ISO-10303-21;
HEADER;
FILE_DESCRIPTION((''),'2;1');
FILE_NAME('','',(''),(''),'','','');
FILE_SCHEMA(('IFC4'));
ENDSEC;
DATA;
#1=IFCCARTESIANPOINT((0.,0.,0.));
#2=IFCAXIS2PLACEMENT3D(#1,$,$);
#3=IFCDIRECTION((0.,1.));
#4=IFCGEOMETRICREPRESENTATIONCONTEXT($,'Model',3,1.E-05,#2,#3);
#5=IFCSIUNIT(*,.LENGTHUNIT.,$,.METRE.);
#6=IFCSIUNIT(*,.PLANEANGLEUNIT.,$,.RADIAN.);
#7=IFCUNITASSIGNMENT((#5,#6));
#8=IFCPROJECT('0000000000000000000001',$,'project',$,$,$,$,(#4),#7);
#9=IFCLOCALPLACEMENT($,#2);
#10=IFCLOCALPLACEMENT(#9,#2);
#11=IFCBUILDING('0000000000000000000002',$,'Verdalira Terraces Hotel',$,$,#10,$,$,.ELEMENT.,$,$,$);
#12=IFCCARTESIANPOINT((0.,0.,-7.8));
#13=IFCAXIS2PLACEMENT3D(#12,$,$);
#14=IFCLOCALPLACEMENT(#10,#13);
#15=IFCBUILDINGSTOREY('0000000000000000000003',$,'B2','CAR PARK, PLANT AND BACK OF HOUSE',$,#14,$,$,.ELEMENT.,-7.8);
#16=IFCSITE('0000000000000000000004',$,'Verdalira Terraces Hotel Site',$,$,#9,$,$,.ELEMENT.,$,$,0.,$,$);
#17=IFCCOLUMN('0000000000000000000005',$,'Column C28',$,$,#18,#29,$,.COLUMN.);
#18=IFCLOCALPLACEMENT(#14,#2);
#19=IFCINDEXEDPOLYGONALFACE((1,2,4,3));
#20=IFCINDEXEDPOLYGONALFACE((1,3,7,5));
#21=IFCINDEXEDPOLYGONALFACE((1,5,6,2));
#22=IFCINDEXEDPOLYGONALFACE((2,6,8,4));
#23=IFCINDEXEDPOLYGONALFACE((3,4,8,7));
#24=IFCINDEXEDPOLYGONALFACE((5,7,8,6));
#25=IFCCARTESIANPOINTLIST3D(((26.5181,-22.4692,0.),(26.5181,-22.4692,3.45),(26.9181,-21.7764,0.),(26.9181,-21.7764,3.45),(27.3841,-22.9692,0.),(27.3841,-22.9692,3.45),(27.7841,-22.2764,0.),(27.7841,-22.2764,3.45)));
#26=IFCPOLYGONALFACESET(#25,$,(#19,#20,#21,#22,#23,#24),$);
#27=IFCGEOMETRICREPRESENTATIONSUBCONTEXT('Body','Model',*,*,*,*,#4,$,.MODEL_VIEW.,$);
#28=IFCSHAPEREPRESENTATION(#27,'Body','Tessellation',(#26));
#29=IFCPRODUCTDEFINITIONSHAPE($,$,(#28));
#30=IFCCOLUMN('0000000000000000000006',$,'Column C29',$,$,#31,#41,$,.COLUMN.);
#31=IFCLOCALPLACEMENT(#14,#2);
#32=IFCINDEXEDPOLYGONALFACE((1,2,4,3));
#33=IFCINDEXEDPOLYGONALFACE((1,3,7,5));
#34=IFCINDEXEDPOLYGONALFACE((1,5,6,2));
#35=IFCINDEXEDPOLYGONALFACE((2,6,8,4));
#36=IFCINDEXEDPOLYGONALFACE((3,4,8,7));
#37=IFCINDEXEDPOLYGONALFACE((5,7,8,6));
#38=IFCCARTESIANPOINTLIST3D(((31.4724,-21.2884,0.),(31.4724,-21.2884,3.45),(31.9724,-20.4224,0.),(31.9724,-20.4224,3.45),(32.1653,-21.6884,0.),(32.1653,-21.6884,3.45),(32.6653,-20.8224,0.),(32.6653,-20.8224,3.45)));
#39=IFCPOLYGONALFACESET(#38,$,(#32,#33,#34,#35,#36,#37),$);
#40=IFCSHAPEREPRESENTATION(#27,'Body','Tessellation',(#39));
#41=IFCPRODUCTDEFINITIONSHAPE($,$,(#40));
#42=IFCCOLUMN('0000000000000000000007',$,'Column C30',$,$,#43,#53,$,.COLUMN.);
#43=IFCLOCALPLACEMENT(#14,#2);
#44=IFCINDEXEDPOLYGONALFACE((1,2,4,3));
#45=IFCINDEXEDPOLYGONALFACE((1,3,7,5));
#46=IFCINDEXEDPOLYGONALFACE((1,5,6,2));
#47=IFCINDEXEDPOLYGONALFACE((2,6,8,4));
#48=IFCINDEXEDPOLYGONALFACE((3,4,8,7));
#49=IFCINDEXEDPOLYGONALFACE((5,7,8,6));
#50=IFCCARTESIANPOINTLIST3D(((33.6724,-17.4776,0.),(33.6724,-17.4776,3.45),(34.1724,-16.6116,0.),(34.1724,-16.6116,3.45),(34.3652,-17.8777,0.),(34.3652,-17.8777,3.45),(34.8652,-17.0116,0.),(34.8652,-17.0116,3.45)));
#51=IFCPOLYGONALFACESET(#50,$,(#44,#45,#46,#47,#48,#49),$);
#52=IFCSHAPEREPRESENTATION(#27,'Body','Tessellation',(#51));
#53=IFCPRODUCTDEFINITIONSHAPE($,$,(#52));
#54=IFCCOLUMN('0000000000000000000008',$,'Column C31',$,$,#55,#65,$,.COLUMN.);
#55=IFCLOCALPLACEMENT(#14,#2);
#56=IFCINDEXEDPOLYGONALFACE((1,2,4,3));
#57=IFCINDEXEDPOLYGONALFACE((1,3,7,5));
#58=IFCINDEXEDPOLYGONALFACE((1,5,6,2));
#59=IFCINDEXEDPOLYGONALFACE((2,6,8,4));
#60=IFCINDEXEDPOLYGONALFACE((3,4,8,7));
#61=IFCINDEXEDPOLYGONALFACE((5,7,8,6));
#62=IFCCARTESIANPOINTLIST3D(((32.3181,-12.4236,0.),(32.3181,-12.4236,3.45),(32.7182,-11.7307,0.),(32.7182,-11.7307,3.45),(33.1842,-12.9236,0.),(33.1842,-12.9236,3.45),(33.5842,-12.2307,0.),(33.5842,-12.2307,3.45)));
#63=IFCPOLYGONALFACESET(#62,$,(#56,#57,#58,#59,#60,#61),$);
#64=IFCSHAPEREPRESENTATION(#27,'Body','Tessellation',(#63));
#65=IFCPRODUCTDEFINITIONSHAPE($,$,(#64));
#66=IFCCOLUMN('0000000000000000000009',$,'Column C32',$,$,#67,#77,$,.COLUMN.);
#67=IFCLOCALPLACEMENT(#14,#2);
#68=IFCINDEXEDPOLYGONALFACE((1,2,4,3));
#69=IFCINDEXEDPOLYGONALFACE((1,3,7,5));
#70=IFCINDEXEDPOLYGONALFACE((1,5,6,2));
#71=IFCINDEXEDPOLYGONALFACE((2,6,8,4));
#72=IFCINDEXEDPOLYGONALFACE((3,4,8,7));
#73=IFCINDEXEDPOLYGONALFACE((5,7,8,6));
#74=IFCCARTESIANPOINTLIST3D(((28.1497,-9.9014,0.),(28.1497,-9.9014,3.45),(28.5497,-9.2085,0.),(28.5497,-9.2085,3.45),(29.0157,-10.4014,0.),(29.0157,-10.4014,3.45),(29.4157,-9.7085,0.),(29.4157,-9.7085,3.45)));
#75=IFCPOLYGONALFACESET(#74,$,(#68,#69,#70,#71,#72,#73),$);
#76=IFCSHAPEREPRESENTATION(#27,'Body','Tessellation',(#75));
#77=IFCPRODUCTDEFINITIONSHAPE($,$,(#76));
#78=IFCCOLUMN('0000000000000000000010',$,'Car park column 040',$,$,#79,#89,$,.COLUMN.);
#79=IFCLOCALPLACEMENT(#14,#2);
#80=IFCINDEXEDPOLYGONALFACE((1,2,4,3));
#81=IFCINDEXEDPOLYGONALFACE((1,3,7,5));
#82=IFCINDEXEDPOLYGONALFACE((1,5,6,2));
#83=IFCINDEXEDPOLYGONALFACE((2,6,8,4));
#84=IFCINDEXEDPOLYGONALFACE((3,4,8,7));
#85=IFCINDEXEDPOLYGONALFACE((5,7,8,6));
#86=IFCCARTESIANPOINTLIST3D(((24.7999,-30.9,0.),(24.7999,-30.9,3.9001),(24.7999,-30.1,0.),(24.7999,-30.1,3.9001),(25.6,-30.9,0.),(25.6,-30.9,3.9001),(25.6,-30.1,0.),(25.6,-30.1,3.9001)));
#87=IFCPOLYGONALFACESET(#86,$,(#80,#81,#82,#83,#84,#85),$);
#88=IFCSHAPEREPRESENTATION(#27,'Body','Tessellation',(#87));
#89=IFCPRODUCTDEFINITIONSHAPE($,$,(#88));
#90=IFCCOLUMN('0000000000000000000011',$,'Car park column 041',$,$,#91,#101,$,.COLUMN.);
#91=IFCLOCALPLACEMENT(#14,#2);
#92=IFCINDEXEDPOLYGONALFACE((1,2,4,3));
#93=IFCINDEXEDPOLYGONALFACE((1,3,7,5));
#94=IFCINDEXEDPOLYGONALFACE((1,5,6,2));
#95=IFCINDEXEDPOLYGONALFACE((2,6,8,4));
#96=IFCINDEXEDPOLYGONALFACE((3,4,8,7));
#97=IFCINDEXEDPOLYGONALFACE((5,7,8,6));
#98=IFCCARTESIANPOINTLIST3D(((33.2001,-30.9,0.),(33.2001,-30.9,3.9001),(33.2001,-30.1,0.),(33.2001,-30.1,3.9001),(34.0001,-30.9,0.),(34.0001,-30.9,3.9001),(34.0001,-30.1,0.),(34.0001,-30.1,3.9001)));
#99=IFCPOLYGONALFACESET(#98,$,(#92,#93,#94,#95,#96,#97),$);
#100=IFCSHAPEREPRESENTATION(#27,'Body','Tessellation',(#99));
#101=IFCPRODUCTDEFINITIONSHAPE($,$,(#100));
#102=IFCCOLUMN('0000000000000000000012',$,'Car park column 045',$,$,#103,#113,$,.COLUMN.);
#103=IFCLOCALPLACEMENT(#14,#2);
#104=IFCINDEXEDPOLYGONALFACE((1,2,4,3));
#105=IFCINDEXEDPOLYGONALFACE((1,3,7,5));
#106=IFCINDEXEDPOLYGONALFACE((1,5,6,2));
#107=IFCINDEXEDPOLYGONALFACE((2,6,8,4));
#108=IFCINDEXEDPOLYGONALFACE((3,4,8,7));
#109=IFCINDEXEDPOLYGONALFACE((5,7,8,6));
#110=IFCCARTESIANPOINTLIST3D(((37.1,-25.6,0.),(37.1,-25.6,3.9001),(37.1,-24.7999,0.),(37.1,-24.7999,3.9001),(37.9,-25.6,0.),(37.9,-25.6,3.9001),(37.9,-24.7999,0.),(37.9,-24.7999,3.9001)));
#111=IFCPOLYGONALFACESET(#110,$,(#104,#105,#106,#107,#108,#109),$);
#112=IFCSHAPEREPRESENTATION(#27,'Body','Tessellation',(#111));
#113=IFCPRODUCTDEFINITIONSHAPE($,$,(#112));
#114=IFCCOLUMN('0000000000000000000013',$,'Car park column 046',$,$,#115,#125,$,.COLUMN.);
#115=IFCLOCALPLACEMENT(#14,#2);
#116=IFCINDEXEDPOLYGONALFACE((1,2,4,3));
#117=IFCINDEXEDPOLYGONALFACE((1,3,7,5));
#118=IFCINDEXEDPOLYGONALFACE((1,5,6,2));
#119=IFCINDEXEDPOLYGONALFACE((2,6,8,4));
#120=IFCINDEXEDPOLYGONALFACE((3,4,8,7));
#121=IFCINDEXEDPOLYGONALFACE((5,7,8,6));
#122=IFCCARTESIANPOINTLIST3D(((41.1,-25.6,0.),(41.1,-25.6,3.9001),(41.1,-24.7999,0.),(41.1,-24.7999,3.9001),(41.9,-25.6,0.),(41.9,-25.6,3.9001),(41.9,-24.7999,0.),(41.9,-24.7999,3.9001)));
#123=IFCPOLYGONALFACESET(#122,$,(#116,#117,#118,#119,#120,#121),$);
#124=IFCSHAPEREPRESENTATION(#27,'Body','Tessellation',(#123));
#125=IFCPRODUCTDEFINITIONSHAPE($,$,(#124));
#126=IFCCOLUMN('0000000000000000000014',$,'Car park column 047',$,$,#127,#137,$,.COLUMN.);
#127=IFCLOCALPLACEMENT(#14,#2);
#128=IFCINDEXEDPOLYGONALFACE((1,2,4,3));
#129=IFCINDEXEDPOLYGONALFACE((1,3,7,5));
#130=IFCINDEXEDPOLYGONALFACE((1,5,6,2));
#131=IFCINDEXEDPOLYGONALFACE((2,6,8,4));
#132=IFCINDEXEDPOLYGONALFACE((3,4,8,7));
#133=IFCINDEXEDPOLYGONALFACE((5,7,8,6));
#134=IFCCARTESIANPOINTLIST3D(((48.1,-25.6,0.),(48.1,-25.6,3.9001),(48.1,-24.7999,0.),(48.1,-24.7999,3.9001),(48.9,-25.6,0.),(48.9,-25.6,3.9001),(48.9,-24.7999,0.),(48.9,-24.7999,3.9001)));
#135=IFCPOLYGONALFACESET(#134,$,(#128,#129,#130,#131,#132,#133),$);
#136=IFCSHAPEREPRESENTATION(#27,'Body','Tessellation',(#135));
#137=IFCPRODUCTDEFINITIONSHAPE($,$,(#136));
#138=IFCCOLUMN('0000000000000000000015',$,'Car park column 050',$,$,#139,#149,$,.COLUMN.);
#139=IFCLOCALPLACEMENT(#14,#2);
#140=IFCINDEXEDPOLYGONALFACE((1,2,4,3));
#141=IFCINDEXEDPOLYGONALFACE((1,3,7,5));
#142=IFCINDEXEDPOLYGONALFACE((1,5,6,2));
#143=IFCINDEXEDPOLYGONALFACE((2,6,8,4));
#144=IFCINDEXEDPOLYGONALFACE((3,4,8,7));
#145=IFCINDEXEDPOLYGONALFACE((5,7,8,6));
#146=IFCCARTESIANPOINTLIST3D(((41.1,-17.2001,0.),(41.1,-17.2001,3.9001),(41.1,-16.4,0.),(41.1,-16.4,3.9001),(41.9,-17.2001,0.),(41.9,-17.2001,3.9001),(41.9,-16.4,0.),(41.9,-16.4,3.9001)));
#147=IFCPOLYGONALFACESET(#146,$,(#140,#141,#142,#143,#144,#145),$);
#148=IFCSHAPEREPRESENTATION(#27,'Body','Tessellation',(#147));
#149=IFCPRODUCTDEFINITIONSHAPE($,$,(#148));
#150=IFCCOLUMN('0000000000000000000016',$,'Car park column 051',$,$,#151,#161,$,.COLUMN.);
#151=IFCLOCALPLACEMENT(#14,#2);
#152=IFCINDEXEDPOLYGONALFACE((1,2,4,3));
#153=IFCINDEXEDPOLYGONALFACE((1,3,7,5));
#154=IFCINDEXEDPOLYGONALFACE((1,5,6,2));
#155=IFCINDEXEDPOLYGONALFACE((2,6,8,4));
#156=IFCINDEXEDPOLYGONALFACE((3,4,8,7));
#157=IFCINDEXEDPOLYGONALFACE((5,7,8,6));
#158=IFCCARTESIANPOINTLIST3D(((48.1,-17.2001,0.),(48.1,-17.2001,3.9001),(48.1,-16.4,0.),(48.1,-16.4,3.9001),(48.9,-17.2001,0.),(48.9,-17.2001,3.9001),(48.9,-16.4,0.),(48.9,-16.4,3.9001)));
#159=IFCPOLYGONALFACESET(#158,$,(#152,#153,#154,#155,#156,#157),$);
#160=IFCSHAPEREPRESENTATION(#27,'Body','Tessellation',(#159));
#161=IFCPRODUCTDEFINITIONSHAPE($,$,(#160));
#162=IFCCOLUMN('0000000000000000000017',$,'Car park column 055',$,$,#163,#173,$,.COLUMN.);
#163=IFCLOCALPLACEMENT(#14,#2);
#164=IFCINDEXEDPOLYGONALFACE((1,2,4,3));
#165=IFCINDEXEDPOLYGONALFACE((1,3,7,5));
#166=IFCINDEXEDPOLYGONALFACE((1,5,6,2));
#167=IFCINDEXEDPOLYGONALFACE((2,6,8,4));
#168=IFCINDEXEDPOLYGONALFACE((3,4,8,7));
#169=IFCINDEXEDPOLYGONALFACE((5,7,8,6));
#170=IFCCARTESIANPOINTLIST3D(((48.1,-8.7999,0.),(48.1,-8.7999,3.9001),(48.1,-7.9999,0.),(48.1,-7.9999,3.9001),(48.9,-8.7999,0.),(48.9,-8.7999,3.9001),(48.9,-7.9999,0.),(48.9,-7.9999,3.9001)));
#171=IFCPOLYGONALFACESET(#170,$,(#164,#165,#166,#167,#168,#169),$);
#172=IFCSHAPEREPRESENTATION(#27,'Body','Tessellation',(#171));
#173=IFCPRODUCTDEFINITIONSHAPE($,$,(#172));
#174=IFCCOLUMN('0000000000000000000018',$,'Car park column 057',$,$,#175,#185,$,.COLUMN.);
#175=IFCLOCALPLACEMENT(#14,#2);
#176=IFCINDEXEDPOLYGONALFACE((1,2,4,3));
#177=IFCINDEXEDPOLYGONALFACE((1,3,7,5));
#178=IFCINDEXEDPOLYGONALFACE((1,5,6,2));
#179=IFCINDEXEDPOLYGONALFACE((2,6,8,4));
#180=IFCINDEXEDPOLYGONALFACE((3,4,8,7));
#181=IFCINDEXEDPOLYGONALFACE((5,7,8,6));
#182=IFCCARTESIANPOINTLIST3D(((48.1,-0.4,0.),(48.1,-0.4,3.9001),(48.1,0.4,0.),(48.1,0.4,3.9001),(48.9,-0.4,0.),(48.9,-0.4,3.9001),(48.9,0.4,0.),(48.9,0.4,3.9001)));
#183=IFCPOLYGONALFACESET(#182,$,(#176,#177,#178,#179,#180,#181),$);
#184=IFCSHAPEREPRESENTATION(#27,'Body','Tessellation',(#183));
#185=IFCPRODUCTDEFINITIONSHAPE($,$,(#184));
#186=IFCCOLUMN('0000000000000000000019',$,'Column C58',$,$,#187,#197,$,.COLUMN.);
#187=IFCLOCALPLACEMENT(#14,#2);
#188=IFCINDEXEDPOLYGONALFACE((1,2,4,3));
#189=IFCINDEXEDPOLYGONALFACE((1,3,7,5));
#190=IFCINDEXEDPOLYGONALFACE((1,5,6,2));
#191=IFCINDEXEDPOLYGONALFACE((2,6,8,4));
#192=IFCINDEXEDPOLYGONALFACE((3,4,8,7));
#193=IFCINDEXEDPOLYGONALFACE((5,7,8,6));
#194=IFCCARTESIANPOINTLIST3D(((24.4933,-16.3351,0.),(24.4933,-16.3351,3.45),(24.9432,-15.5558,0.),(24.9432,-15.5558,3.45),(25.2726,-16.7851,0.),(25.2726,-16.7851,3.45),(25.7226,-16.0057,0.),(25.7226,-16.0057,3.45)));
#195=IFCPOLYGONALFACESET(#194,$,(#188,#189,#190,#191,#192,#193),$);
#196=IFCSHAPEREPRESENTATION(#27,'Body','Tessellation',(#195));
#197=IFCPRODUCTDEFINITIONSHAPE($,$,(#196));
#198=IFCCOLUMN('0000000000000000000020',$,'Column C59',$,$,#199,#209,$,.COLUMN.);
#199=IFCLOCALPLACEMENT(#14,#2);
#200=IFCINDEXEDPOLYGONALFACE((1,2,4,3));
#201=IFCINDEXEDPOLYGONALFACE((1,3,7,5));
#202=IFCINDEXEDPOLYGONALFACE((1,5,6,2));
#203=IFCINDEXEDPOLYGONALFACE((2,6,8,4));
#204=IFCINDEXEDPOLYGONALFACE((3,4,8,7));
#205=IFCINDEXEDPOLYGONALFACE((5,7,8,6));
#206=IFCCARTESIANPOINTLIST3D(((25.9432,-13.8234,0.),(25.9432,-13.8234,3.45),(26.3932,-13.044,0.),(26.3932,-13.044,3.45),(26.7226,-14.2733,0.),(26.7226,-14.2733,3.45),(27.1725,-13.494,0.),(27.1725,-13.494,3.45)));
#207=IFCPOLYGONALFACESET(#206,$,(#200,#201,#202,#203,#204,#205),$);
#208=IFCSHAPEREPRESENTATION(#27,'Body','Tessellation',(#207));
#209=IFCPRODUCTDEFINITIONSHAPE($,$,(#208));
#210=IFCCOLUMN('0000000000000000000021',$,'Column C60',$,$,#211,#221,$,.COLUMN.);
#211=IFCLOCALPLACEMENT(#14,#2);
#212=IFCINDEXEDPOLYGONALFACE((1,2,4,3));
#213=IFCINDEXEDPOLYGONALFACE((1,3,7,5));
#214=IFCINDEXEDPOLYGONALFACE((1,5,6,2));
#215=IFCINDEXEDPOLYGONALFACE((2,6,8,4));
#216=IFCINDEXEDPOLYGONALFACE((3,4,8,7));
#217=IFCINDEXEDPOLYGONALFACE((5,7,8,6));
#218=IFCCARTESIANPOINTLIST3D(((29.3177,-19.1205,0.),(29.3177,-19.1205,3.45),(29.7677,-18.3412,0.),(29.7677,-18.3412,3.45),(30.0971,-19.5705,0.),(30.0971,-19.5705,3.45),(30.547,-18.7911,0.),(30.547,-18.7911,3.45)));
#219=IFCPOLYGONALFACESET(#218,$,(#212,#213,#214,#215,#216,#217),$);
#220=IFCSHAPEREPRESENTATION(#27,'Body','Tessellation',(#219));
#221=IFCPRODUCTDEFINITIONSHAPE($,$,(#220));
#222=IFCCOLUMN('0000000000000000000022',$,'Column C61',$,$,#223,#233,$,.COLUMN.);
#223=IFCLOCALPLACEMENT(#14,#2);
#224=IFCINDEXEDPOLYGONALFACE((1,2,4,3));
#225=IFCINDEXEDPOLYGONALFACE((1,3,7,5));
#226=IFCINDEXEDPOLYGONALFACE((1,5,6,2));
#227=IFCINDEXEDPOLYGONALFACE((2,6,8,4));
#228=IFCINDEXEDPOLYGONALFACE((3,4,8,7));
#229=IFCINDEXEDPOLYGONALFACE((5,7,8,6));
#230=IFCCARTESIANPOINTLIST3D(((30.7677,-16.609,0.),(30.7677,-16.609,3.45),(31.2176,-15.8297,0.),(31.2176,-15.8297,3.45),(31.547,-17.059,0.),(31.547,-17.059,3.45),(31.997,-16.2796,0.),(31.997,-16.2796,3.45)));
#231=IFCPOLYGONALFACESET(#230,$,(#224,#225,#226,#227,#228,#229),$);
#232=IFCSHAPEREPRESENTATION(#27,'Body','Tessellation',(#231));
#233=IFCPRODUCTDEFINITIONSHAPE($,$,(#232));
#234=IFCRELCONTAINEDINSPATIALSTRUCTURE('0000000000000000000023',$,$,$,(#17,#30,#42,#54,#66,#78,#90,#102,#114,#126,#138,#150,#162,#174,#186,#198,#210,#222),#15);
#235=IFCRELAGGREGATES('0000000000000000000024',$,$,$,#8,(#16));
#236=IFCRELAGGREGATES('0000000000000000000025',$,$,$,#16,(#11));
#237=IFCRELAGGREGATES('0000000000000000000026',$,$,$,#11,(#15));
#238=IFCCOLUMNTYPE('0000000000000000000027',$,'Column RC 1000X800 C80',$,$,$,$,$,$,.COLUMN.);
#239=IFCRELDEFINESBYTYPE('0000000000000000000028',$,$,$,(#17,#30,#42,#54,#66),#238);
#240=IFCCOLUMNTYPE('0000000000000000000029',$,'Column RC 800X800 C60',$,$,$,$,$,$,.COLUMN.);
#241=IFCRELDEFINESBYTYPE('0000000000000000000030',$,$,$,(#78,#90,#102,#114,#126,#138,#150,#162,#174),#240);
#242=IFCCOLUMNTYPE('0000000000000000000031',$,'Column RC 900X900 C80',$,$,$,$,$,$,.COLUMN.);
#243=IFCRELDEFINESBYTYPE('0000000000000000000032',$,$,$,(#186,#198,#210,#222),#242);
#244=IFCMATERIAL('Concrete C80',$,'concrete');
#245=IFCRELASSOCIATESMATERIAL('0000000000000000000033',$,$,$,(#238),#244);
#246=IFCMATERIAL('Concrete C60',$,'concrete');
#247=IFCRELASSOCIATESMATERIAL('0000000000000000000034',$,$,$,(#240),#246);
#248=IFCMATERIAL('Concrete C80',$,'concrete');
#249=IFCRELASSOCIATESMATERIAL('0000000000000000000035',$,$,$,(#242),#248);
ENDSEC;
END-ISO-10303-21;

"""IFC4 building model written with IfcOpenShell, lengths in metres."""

from ifc_helpers import new_model, si_unit, direction, frame, origin, origin_2d, place, context, subcontext, project, spatial, rectangle, extrude, material, material_profile, profile_set, type_object, element, save


model = new_model("IFC4")

# Units and contexts
model_context = context("Model", 3, precision=1e-05, world=origin(), true_north=direction((0.0, 1.0)))
body_context = subcontext(model_context, "Body", "Model", "MODEL_VIEW")
ifc_project = project(units=[si_unit("LENGTHUNIT", "METRE"), si_unit("PLANEANGLEUNIT", "RADIAN")], contexts=[model_context])

# Site, building, storey
site_placement = place(None, origin())
site = spatial("IfcSite", under=ifc_project, at=site_placement, Name="Verdalira Terraces Hotel Site", CompositionType="ELEMENT", RefElevation=0.0)
building_placement = place(site_placement, origin())
building = spatial("IfcBuilding", under=site, at=building_placement, Name="Verdalira Terraces Hotel", CompositionType="ELEMENT")
storey_placement = place(building_placement, frame((0.0, 0.0, -7.8)))
storey = spatial("IfcBuildingStorey", under=building, at=storey_placement, Name="B2", Description="CAR PARK, PLANT AND BACK OF HOUSE", CompositionType="ELEMENT", Elevation=-7.8)

# Columns
ifc_material_1 = material(Name="Concrete C80", Category="concrete")
ifc_material_profile_1 = material_profile(ifc_material_1, rectangle(XDim=1.0, YDim=0.8, at=origin_2d()), Name="RC 1000X800")
ifc_profile_set_1 = profile_set([ifc_material_profile_1], Name="Concrete C80")
column_type_1 = type_object("IfcColumnType", Name="Column RC 1000X800 C80", PredefinedType="COLUMN", material=ifc_profile_set_1)
for number, where, z_axis, x_axis, name in (
    (1, (27.1511, -22.3728, 0.0), (0.0, 0.0, 1.0), (0.866025, -0.5, 0.0), "Column C28"),
    (2, (32.0688, -21.0554, 0.0), (0.0, 0.0, 1.0), (0.5, 0.866025, 0.0), "Column C29"),
    (3, (34.2688, -17.2446, 0.0), (0.0, 0.0, 1.0), (0.5, 0.866025, 0.0), "Column C30"),
    (4, (32.9512, -12.3271, 0.0), (0.0, 0.0, 1.0), (-0.866025, 0.5, 0.0), "Column C31"),
    (5, (28.7827, -9.8049, 0.0), (0.0, 0.0, 1.0), (-0.866025, 0.5, 0.0), "Column C32"),
):
    element("IfcColumn", number, at=place(storey_placement, frame(where, z_axis=z_axis, x_axis=x_axis)), inside=storey, type_object=column_type_1, Name=name, PredefinedType="COLUMN", context=body_context, shape_type="SweptSolid", body=[
        extrude(rectangle(XDim=1.0, YDim=0.8, at=origin_2d()), origin(), (0.0, 0.0, 1.0), 3.45),
    ])
ifc_material_2 = material(Name="Concrete C60", Category="concrete")
ifc_material_profile_2 = material_profile(ifc_material_2, rectangle(XDim=0.8, YDim=0.8, at=origin_2d()), Name="RC 800X800")
ifc_profile_set_2 = profile_set([ifc_material_profile_2], Name="Concrete C60")
column_type_2 = type_object("IfcColumnType", Name="Column RC 800X800 C60", PredefinedType="COLUMN", material=ifc_profile_set_2)
for number, where, z_axis, x_axis, name in (
    (6, (25.2, -30.5, 0.0), (0.0, 0.0, 1.0), (1.0, 0.0, 0.0), "Car park column 040"),
    (7, (33.6001, -30.5, 0.0), (0.0, 0.0, 1.0), (1.0, 0.0, 0.0), "Car park column 041"),
    (8, (37.5, -25.2, 0.0), (0.0, 0.0, 1.0), (1.0, 0.0, 0.0), "Car park column 045"),
    (9, (41.5, -25.2, 0.0), (0.0, 0.0, 1.0), (1.0, 0.0, 0.0), "Car park column 046"),
    (10, (48.5, -25.2, 0.0), (0.0, 0.0, 1.0), (1.0, 0.0, 0.0), "Car park column 047"),
    (11, (41.5, -16.8, 0.0), (0.0, 0.0, 1.0), (1.0, 0.0, 0.0), "Car park column 050"),
    (12, (48.5, -16.8, 0.0), (0.0, 0.0, 1.0), (1.0, 0.0, 0.0), "Car park column 051"),
    (13, (48.5, -8.3999, 0.0), (0.0, 0.0, 1.0), (1.0, 0.0, 0.0), "Car park column 055"),
    (14, (48.5, 0.0, 0.0), (0.0, 0.0, 1.0), (1.0, 0.0, 0.0), "Car park column 057"),
):
    element("IfcColumn", number, at=place(storey_placement, frame(where, z_axis=z_axis, x_axis=x_axis)), inside=storey, type_object=column_type_2, Name=name, PredefinedType="COLUMN", context=body_context, shape_type="SweptSolid", body=[
        extrude(rectangle(XDim=0.8, YDim=0.8, at=origin_2d()), origin(), (0.0, 0.0, 1.0), 3.9001),
    ])
ifc_material_3 = material(Name="Concrete C80", Category="concrete")
ifc_material_profile_3 = material_profile(ifc_material_3, rectangle(XDim=0.8999, YDim=0.8999, at=origin_2d()), Name="RC 900X900")
ifc_profile_set_3 = profile_set([ifc_material_profile_3], Name="Concrete C80")
column_type_3 = type_object("IfcColumnType", Name="Column RC 900X900 C80", PredefinedType="COLUMN", material=ifc_profile_set_3)
for number, where, z_axis, x_axis, name in (
    (15, (25.1079, -16.1704, 0.0), (0.0, 0.0, 1.0), (0.866025, -0.5, 0.0), "Column C58"),
    (16, (26.5579, -13.6587, 0.0), (0.0, 0.0, 1.0), (0.866025, -0.5, 0.0), "Column C59"),
    (17, (29.9324, -18.9558, 0.0), (0.0, 0.0, 1.0), (0.866025, -0.5, 0.0), "Column C60"),
    (18, (31.3823, -16.4443, 0.0), (0.0, 0.0, 1.0), (0.866025, -0.5, 0.0), "Column C61"),
):
    element("IfcColumn", number, at=place(storey_placement, frame(where, z_axis=z_axis, x_axis=x_axis)), inside=storey, type_object=column_type_3, Name=name, PredefinedType="COLUMN", context=body_context, shape_type="SweptSolid", body=[
        extrude(rectangle(XDim=0.8999, YDim=0.8999, at=origin_2d()), origin(), (0.0, 0.0, 1.0), 3.45),
    ])

save(model, "model.ifc")
